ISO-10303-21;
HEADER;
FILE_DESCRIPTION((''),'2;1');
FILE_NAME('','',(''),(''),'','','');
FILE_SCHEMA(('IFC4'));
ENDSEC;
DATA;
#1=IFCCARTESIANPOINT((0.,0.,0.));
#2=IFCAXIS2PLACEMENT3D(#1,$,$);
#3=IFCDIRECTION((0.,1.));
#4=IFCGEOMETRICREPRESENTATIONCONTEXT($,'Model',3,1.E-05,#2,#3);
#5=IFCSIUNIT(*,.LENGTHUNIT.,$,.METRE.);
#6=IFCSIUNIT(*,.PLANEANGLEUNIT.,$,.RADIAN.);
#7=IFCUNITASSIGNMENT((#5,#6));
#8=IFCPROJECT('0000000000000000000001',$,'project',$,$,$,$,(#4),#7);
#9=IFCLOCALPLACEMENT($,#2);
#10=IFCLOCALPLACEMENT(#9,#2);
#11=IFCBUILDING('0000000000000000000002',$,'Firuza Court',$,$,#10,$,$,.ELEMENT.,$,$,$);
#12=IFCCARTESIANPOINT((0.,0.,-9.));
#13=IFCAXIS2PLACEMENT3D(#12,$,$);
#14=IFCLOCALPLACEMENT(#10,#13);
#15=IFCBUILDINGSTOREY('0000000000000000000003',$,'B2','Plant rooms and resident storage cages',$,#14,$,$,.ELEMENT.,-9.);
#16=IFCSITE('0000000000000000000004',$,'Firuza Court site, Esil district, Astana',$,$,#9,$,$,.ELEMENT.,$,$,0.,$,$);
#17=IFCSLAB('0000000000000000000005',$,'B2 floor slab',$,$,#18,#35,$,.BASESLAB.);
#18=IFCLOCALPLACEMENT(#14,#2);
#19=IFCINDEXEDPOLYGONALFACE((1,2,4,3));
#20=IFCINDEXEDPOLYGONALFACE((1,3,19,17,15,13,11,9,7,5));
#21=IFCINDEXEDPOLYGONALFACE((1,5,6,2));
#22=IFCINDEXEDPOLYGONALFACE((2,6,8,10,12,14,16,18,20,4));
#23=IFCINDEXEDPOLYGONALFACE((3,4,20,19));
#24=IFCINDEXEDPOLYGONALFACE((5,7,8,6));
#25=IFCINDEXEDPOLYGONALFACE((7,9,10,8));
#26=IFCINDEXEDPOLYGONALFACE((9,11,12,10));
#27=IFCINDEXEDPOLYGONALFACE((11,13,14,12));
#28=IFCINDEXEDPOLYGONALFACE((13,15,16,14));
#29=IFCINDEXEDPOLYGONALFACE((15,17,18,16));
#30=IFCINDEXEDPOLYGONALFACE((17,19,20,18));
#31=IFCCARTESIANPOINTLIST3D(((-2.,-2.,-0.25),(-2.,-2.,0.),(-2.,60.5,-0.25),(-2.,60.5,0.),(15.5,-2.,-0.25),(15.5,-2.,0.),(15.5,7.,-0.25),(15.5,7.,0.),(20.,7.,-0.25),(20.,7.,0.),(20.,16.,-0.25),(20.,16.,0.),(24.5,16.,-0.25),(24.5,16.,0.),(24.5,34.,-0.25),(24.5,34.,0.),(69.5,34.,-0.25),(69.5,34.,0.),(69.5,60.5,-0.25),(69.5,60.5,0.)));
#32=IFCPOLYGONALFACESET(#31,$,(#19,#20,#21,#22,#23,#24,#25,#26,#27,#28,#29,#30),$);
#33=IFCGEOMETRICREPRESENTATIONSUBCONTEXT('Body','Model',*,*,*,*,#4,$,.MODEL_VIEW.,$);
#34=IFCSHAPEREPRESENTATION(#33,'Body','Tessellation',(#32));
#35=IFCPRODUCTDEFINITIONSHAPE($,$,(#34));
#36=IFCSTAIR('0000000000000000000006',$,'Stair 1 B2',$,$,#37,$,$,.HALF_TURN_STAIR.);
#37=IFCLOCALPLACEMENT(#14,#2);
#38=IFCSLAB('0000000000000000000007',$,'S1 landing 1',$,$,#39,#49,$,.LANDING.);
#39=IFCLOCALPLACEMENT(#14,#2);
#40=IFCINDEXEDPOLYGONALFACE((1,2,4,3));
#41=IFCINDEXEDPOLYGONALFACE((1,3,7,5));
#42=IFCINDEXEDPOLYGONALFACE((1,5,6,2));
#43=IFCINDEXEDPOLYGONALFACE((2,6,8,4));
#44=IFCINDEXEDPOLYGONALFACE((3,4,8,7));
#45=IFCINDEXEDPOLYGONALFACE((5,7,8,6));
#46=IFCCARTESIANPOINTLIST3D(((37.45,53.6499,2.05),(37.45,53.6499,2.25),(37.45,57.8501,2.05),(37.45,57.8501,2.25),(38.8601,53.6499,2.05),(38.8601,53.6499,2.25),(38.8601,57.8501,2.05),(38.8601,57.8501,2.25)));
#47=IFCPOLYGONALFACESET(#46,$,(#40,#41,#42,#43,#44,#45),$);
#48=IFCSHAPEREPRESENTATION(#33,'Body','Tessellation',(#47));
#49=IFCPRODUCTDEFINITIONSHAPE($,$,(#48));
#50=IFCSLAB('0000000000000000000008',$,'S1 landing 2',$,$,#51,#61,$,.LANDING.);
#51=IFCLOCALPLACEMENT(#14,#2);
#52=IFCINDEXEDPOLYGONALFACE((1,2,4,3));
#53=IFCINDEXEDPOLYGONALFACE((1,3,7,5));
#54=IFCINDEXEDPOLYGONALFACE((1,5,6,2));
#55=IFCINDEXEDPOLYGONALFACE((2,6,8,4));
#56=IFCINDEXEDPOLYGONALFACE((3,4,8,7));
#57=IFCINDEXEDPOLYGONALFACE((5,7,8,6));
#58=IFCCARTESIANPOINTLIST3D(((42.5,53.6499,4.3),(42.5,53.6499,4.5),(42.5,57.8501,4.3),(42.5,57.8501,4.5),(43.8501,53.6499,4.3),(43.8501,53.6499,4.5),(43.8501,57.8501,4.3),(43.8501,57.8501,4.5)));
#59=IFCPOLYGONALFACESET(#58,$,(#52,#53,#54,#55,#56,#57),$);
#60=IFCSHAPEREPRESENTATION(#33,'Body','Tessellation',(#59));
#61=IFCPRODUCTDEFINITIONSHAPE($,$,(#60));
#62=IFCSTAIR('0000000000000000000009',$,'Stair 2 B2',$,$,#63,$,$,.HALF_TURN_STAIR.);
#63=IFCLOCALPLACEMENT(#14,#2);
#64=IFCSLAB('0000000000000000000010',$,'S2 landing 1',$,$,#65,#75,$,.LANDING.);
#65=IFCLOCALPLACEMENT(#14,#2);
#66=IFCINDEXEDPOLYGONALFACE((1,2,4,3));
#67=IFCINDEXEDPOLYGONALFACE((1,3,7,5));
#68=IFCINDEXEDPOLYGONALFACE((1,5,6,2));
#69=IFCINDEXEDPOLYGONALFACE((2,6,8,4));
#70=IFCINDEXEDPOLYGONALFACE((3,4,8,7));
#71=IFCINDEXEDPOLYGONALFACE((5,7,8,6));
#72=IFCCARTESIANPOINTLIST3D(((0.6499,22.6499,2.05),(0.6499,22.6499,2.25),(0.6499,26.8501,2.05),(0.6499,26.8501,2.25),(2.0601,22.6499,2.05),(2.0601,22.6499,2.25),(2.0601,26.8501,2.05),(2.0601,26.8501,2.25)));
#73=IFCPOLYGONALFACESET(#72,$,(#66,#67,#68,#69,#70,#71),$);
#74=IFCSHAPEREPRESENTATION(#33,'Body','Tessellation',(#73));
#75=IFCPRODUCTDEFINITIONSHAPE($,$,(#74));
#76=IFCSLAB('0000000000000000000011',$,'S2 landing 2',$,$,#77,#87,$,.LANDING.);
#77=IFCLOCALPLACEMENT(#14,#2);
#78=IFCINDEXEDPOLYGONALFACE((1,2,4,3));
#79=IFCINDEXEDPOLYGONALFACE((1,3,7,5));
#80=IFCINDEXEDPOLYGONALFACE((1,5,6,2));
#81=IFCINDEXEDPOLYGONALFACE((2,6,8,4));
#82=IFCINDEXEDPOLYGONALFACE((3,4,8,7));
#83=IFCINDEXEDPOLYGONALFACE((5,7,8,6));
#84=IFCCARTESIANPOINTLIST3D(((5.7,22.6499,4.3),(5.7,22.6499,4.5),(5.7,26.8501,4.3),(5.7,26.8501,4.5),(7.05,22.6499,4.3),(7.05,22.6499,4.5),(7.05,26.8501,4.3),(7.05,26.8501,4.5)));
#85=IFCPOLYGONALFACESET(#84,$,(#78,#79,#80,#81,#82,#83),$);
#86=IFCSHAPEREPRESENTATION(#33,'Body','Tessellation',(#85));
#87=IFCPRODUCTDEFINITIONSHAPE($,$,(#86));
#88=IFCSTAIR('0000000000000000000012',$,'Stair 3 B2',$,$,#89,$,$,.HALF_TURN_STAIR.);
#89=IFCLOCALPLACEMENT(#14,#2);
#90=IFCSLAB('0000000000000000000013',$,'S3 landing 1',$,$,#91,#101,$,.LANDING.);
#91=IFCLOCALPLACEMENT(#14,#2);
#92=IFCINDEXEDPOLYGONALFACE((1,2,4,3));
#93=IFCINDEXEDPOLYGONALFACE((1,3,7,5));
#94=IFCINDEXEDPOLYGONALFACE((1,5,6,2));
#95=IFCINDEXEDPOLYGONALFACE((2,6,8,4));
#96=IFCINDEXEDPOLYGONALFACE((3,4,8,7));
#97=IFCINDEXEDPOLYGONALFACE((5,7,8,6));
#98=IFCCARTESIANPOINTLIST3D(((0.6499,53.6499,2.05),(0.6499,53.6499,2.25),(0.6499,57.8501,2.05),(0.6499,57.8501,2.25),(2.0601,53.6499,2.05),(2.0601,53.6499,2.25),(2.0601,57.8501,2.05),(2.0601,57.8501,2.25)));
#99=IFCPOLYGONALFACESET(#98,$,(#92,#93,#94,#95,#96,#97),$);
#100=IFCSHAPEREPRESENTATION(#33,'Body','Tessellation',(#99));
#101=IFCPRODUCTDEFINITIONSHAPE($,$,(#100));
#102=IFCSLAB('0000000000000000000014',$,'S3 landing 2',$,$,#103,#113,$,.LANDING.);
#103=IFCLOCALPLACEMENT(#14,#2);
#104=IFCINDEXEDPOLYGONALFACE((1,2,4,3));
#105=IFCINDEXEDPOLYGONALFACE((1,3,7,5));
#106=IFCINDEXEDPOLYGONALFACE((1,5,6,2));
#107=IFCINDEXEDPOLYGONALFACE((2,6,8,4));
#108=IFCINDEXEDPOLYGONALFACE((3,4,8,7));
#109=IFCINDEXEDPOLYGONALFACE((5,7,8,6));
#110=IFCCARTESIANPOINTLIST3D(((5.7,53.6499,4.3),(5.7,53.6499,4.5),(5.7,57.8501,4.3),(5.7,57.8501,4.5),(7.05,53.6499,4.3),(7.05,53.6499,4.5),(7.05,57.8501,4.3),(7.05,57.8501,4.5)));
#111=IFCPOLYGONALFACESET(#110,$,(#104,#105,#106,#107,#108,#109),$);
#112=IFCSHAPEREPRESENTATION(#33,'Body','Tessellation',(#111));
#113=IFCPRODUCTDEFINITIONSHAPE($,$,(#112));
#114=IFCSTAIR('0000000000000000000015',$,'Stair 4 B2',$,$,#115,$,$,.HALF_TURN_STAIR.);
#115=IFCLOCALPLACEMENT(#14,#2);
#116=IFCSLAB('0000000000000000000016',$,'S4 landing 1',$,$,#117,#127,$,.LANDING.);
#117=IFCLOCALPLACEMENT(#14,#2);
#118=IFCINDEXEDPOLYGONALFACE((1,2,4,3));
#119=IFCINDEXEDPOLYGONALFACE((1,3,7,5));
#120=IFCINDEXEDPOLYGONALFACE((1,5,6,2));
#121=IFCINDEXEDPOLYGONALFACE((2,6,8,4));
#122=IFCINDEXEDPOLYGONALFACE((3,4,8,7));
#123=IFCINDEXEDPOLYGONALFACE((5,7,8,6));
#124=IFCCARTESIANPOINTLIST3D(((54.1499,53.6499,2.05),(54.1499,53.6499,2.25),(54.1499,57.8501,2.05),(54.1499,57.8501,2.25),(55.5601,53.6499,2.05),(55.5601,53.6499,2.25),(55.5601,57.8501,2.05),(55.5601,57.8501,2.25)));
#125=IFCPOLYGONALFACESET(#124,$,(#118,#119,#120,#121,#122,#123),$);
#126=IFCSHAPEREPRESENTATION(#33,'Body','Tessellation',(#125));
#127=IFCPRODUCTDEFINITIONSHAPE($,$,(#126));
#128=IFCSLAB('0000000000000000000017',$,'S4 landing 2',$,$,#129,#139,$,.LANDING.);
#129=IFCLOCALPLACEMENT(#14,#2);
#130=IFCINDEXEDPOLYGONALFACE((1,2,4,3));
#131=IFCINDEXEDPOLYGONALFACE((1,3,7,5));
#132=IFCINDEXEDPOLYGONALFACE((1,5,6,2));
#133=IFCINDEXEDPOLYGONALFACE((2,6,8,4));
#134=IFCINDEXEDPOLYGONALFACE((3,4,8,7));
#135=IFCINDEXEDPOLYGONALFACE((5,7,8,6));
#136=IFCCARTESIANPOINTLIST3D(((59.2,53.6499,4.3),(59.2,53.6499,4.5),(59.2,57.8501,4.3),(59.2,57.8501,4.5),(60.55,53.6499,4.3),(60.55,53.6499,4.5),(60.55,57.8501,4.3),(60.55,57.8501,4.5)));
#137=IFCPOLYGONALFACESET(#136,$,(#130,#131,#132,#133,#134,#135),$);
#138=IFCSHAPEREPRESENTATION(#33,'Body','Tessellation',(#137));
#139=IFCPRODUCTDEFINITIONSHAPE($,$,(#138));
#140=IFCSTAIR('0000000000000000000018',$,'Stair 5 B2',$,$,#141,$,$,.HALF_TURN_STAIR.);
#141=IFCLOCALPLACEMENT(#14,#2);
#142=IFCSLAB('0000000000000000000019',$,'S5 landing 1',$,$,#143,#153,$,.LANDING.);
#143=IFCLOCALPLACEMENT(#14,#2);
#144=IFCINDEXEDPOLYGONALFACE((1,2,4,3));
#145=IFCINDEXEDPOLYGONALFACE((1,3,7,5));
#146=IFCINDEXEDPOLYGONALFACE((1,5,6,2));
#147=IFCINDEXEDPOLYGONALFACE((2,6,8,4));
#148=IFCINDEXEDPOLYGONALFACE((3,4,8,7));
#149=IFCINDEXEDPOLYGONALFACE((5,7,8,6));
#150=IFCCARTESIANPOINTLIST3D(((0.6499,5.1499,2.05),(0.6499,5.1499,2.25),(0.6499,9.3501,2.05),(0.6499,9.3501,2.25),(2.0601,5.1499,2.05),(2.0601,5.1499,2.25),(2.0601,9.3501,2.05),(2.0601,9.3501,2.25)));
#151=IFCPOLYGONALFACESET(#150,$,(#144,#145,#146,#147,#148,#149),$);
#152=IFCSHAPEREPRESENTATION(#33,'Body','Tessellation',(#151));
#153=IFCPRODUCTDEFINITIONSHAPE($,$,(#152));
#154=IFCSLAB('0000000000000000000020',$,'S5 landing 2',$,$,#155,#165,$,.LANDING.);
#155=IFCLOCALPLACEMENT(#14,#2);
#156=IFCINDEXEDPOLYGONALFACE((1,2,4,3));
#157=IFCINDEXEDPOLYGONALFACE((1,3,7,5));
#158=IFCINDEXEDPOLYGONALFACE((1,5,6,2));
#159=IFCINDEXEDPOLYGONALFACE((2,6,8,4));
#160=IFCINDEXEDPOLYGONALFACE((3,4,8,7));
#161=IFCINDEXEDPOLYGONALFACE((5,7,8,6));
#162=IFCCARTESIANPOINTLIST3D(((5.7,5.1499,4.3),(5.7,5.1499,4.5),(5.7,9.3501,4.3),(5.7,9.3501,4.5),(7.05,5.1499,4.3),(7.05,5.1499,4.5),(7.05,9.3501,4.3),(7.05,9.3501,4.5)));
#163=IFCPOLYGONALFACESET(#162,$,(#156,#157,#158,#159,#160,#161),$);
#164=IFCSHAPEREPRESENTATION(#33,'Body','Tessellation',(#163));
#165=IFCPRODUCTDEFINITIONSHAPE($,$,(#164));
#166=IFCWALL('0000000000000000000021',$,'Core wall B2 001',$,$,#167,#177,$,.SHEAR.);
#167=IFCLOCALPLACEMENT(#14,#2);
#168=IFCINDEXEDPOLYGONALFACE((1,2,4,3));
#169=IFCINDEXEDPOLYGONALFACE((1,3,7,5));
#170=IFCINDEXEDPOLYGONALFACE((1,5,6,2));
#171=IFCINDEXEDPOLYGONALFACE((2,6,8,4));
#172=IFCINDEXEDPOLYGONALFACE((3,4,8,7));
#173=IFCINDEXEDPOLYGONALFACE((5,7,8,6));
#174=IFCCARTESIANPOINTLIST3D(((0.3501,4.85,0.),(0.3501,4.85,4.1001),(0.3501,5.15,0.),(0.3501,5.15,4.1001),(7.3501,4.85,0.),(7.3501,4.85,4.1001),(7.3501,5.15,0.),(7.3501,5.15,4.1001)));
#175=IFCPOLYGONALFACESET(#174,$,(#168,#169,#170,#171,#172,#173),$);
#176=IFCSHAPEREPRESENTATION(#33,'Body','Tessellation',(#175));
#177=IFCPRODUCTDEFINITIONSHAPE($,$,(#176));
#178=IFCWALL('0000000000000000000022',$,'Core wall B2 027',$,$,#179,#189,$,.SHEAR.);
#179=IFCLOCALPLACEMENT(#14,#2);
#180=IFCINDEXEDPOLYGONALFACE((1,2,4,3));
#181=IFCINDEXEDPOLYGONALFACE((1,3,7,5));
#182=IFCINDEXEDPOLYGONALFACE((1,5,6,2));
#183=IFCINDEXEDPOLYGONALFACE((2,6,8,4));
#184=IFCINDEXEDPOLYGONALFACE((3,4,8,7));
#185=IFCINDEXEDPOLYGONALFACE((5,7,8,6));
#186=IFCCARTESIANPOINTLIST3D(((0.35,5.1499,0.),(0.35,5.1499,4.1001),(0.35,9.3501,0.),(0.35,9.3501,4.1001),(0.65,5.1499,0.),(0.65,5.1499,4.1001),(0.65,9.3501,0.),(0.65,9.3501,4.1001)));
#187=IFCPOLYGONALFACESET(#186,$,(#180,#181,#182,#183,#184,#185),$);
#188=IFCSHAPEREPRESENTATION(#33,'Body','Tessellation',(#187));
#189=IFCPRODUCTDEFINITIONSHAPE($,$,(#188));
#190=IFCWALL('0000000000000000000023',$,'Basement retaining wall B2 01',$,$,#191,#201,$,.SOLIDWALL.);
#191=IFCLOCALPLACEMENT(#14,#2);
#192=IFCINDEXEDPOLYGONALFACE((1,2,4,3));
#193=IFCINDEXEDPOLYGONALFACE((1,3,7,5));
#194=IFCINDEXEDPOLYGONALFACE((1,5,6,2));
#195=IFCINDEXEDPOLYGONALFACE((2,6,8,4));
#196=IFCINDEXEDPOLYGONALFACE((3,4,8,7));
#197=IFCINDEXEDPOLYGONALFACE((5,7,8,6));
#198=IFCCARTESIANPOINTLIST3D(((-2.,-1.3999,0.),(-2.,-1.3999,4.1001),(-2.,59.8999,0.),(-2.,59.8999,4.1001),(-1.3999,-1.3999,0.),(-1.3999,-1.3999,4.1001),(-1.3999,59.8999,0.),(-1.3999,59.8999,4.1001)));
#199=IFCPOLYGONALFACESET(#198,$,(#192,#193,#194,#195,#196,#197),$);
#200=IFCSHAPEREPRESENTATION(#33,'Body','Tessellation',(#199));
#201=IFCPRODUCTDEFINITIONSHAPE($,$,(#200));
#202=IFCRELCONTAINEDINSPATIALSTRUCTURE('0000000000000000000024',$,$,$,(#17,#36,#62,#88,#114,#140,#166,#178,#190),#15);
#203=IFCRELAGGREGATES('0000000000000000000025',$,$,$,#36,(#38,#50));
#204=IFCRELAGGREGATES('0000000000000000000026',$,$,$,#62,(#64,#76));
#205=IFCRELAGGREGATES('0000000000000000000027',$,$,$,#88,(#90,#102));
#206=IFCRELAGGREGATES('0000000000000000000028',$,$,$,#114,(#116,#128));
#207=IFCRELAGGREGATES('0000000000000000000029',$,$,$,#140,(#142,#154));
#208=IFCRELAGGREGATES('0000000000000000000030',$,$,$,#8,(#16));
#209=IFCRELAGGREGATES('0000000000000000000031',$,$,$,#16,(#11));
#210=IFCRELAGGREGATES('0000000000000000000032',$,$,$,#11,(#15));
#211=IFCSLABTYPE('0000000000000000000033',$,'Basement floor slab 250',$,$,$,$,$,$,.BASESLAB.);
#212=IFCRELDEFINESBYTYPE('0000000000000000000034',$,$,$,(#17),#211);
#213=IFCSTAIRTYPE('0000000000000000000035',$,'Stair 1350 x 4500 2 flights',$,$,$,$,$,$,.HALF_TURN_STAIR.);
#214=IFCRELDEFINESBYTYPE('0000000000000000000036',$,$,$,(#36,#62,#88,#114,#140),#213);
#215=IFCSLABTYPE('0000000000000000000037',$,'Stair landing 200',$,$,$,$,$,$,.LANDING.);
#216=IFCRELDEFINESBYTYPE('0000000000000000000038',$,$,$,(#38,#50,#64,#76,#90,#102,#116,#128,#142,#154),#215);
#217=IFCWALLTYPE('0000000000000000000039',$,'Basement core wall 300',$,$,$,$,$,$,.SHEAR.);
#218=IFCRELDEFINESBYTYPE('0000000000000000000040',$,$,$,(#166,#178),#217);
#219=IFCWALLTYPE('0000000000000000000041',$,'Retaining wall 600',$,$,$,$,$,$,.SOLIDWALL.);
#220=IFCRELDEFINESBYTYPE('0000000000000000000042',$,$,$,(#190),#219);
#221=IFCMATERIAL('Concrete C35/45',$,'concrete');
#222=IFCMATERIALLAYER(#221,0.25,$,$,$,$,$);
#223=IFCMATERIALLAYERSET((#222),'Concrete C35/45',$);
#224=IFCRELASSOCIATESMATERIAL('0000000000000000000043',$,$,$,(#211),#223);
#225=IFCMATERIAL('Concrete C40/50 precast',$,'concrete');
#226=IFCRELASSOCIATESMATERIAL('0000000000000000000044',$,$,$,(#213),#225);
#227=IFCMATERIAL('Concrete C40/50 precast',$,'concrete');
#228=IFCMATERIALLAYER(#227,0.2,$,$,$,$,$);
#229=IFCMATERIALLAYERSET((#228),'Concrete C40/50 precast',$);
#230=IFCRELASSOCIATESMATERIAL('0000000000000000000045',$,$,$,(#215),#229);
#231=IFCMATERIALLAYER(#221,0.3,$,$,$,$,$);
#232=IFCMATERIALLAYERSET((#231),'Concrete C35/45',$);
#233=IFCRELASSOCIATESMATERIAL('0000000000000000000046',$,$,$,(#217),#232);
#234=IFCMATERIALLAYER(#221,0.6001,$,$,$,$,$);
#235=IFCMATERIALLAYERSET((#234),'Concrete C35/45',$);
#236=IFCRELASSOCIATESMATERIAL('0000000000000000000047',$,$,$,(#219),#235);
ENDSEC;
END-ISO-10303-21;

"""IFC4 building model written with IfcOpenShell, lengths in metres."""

from ifc_helpers import new_model, si_unit, direction, frame, frame_2d, origin, place, context, subcontext, project, spatial, polyline, rectangle, outline, extrude, material, layer, layer_set, type_object, element, aggregate, save


model = new_model("IFC4")

# Units and contexts
model_context = context("Model", 3, precision=1e-05, world=origin(), true_north=direction((0.0, 1.0)))
body_context = subcontext(model_context, "Body", "Model", "MODEL_VIEW")
ifc_project = project(units=[si_unit("LENGTHUNIT", "METRE"), si_unit("PLANEANGLEUNIT", "RADIAN")], contexts=[model_context])

# Site, building, storey
site_placement = place(None, origin())
site = spatial("IfcSite", under=ifc_project, at=site_placement, Name="Firuza Court site, Esil district, Astana", CompositionType="ELEMENT", RefElevation=0.0)
building_placement = place(site_placement, origin())
building = spatial("IfcBuilding", under=site, at=building_placement, Name="Firuza Court", CompositionType="ELEMENT")
storey_placement = place(building_placement, frame((0.0, 0.0, -9.0)))
storey = spatial("IfcBuildingStorey", under=building, at=storey_placement, Name="B2", Description="Plant rooms and resident storage cages", CompositionType="ELEMENT", Elevation=-9.0)

# Slab
ifc_material_1 = material(Name="Concrete C35/45", Category="concrete")
ifc_layer_1 = layer(ifc_material_1, 0.25)
ifc_layer_set_1 = layer_set([ifc_layer_1], Name="Concrete C35/45")
slab_type_1 = type_object("IfcSlabType", Name="Basement floor slab 250", PredefinedType="BASESLAB", material=ifc_layer_set_1)
slab_1_placement = place(storey_placement, frame((0.0, 0.0, -0.25)))
element("IfcSlab", 1, at=slab_1_placement, inside=storey, type_object=slab_type_1, Name="B2 floor slab", PredefinedType="BASESLAB", context=body_context, shape_type="SweptSolid", body=[
    extrude(outline(polyline([(15.5, -2.0), (15.5, 7.0), (20.0, 7.0), (20.0, 16.0), (24.5, 16.0), (24.5, 34.0), (69.5, 34.0), (69.5, 60.5), (-2.0, 60.5), (-2.0, -2.0), (15.5, -2.0)])), origin(), (0.0, 0.0, 1.0), 0.25),
])

# Stairs, slabs
ifc_material_2 = material(Name="Concrete C40/50 precast", Category="concrete")
stair_type = type_object("IfcStairType", Name="Stair 1350 x 4500 2 flights", PredefinedType="HALF_TURN_STAIR", material=ifc_material_2)
stair_1_placement = place(storey_placement, origin())
stair_1 = element("IfcStair", 2, at=stair_1_placement, inside=storey, type_object=stair_type, Name="Stair 1 B2", PredefinedType="HALF_TURN_STAIR")
ifc_material_3 = material(Name="Concrete C40/50 precast", Category="concrete")
ifc_layer_2 = layer(ifc_material_3, 0.2)
ifc_layer_set_2 = layer_set([ifc_layer_2], Name="Concrete C40/50 precast")
slab_type_2 = type_object("IfcSlabType", Name="Stair landing 200", PredefinedType="LANDING", material=ifc_layer_set_2)
slab_2_placement = place(storey_placement, frame((0.0, 0.0, 2.05)))
slab_2 = element("IfcSlab", 3, at=slab_2_placement, type_object=slab_type_2, Name="S1 landing 1", PredefinedType="LANDING", context=body_context, shape_type="SweptSolid", body=[
    extrude(outline(polyline([(38.8601, 53.6499), (38.8601, 57.8501), (37.45, 57.8501), (37.45, 53.6499), (38.8601, 53.6499)])), origin(), (0.0, 0.0, 1.0), 0.2),
])
slab_3_placement = place(storey_placement, frame((0.0, 0.0, 4.3)))
slab_3 = element("IfcSlab", 4, at=slab_3_placement, type_object=slab_type_2, Name="S1 landing 2", PredefinedType="LANDING", context=body_context, shape_type="SweptSolid", body=[
    extrude(outline(polyline([(43.8501, 53.6499), (43.8501, 57.8501), (42.5, 57.8501), (42.5, 53.6499), (43.8501, 53.6499)])), origin(), (0.0, 0.0, 1.0), 0.2),
])
aggregate(stair_1, [slab_2, slab_3])
stair_2_placement = place(storey_placement, origin())
stair_2 = element("IfcStair", 5, at=stair_2_placement, inside=storey, type_object=stair_type, Name="Stair 2 B2", PredefinedType="HALF_TURN_STAIR")
slab_4_placement = place(storey_placement, frame((0.0, 0.0, 2.05)))
slab_4 = element("IfcSlab", 6, at=slab_4_placement, type_object=slab_type_2, Name="S2 landing 1", PredefinedType="LANDING", context=body_context, shape_type="SweptSolid", body=[
    extrude(outline(polyline([(2.0601, 22.6499), (2.0601, 26.8501), (0.6499, 26.8501), (0.6499, 22.6499), (2.0601, 22.6499)])), origin(), (0.0, 0.0, 1.0), 0.2),
])
slab_5_placement = place(storey_placement, frame((0.0, 0.0, 4.3)))
slab_5 = element("IfcSlab", 7, at=slab_5_placement, type_object=slab_type_2, Name="S2 landing 2", PredefinedType="LANDING", context=body_context, shape_type="SweptSolid", body=[
    extrude(outline(polyline([(7.05, 22.6499), (7.05, 26.8501), (5.7, 26.8501), (5.7, 22.6499), (7.05, 22.6499)])), origin(), (0.0, 0.0, 1.0), 0.2),
])
aggregate(stair_2, [slab_4, slab_5])
stair_3_placement = place(storey_placement, origin())
stair_3 = element("IfcStair", 8, at=stair_3_placement, inside=storey, type_object=stair_type, Name="Stair 3 B2", PredefinedType="HALF_TURN_STAIR")
slab_6_placement = place(storey_placement, frame((0.0, 0.0, 2.05)))
slab_6 = element("IfcSlab", 9, at=slab_6_placement, type_object=slab_type_2, Name="S3 landing 1", PredefinedType="LANDING", context=body_context, shape_type="SweptSolid", body=[
    extrude(outline(polyline([(2.0601, 53.6499), (2.0601, 57.8501), (0.6499, 57.8501), (0.6499, 53.6499), (2.0601, 53.6499)])), origin(), (0.0, 0.0, 1.0), 0.2),
])
slab_7_placement = place(storey_placement, frame((0.0, 0.0, 4.3)))
slab_7 = element("IfcSlab", 10, at=slab_7_placement, type_object=slab_type_2, Name="S3 landing 2", PredefinedType="LANDING", context=body_context, shape_type="SweptSolid", body=[
    extrude(outline(polyline([(7.05, 53.6499), (7.05, 57.8501), (5.7, 57.8501), (5.7, 53.6499), (7.05, 53.6499)])), origin(), (0.0, 0.0, 1.0), 0.2),
])
aggregate(stair_3, [slab_6, slab_7])
stair_4_placement = place(storey_placement, origin())
stair_4 = element("IfcStair", 11, at=stair_4_placement, inside=storey, type_object=stair_type, Name="Stair 4 B2", PredefinedType="HALF_TURN_STAIR")
slab_8_placement = place(storey_placement, frame((0.0, 0.0, 2.05)))
slab_8 = element("IfcSlab", 12, at=slab_8_placement, type_object=slab_type_2, Name="S4 landing 1", PredefinedType="LANDING", context=body_context, shape_type="SweptSolid", body=[
    extrude(outline(polyline([(55.5601, 53.6499), (55.5601, 57.8501), (54.1499, 57.8501), (54.1499, 53.6499), (55.5601, 53.6499)])), origin(), (0.0, 0.0, 1.0), 0.2),
])
slab_9_placement = place(storey_placement, frame((0.0, 0.0, 4.3)))
slab_9 = element("IfcSlab", 13, at=slab_9_placement, type_object=slab_type_2, Name="S4 landing 2", PredefinedType="LANDING", context=body_context, shape_type="SweptSolid", body=[
    extrude(outline(polyline([(60.55, 53.6499), (60.55, 57.8501), (59.2, 57.8501), (59.2, 53.6499), (60.55, 53.6499)])), origin(), (0.0, 0.0, 1.0), 0.2),
])
aggregate(stair_4, [slab_8, slab_9])
stair_5_placement = place(storey_placement, origin())
stair_5 = element("IfcStair", 14, at=stair_5_placement, inside=storey, type_object=stair_type, Name="Stair 5 B2", PredefinedType="HALF_TURN_STAIR")
slab_10_placement = place(storey_placement, frame((0.0, 0.0, 2.05)))
slab_10 = element("IfcSlab", 15, at=slab_10_placement, type_object=slab_type_2, Name="S5 landing 1", PredefinedType="LANDING", context=body_context, shape_type="SweptSolid", body=[
    extrude(outline(polyline([(2.0601, 5.1499), (2.0601, 9.3501), (0.6499, 9.3501), (0.6499, 5.1499), (2.0601, 5.1499)])), origin(), (0.0, 0.0, 1.0), 0.2),
])
slab_11_placement = place(storey_placement, frame((0.0, 0.0, 4.3)))
slab_11 = element("IfcSlab", 16, at=slab_11_placement, type_object=slab_type_2, Name="S5 landing 2", PredefinedType="LANDING", context=body_context, shape_type="SweptSolid", body=[
    extrude(outline(polyline([(7.05, 5.1499), (7.05, 9.3501), (5.7, 9.3501), (5.7, 5.1499), (7.05, 5.1499)])), origin(), (0.0, 0.0, 1.0), 0.2),
])
aggregate(stair_5, [slab_10, slab_11])

# Walls
ifc_layer_3 = layer(ifc_material_1, 0.3)
ifc_layer_set_3 = layer_set([ifc_layer_3], Name="Concrete C35/45")
wall_type_1 = type_object("IfcWallType", Name="Basement core wall 300", PredefinedType="SHEAR", material=ifc_layer_set_3)
wall_1_placement = place(storey_placement, frame((0.3501, 5.0, 0.0), z_axis=(0.0, 0.0, 1.0), x_axis=(1.0, 0.0, 0.0)))
element("IfcWall", 17, at=wall_1_placement, inside=storey, type_object=wall_type_1, Name="Core wall B2 001", PredefinedType="SHEAR", context=body_context, shape_type="SweptSolid", body=[
    extrude(rectangle(XDim=7.0, YDim=0.3, at=frame_2d((3.5, 0.0))), origin(), (0.0, 0.0, 1.0), 4.1001),
])
wall_2_placement = place(storey_placement, frame((0.5, 5.1499, 0.0), z_axis=(0.0, 0.0, 1.0), x_axis=(0.0, 1.0, 0.0)))
element("IfcWall", 18, at=wall_2_placement, inside=storey, type_object=wall_type_1, Name="Core wall B2 027", PredefinedType="SHEAR", context=body_context, shape_type="SweptSolid", body=[
    extrude(rectangle(XDim=4.2002, YDim=0.3, at=frame_2d((2.1001, 0.0))), origin(), (0.0, 0.0, 1.0), 4.1001),
])
ifc_layer_4 = layer(ifc_material_1, 0.6001)
ifc_layer_set_4 = layer_set([ifc_layer_4], Name="Concrete C35/45")
wall_type_2 = type_object("IfcWallType", Name="Retaining wall 600", PredefinedType="SOLIDWALL", material=ifc_layer_set_4)
wall_3_placement = place(storey_placement, frame((-1.7, -1.3999, 0.0), z_axis=(0.0, 0.0, 1.0), x_axis=(0.0, 1.0, 0.0)))
element("IfcWall", 19, at=wall_3_placement, inside=storey, type_object=wall_type_2, Name="Basement retaining wall B2 01", PredefinedType="SOLIDWALL", context=body_context, shape_type="SweptSolid", body=[
    extrude(rectangle(XDim=61.2998, YDim=0.6001, at=frame_2d((30.6499, 0.0))), origin(), (0.0, 0.0, 1.0), 4.1001),
])

save(model, "model.ifc")
